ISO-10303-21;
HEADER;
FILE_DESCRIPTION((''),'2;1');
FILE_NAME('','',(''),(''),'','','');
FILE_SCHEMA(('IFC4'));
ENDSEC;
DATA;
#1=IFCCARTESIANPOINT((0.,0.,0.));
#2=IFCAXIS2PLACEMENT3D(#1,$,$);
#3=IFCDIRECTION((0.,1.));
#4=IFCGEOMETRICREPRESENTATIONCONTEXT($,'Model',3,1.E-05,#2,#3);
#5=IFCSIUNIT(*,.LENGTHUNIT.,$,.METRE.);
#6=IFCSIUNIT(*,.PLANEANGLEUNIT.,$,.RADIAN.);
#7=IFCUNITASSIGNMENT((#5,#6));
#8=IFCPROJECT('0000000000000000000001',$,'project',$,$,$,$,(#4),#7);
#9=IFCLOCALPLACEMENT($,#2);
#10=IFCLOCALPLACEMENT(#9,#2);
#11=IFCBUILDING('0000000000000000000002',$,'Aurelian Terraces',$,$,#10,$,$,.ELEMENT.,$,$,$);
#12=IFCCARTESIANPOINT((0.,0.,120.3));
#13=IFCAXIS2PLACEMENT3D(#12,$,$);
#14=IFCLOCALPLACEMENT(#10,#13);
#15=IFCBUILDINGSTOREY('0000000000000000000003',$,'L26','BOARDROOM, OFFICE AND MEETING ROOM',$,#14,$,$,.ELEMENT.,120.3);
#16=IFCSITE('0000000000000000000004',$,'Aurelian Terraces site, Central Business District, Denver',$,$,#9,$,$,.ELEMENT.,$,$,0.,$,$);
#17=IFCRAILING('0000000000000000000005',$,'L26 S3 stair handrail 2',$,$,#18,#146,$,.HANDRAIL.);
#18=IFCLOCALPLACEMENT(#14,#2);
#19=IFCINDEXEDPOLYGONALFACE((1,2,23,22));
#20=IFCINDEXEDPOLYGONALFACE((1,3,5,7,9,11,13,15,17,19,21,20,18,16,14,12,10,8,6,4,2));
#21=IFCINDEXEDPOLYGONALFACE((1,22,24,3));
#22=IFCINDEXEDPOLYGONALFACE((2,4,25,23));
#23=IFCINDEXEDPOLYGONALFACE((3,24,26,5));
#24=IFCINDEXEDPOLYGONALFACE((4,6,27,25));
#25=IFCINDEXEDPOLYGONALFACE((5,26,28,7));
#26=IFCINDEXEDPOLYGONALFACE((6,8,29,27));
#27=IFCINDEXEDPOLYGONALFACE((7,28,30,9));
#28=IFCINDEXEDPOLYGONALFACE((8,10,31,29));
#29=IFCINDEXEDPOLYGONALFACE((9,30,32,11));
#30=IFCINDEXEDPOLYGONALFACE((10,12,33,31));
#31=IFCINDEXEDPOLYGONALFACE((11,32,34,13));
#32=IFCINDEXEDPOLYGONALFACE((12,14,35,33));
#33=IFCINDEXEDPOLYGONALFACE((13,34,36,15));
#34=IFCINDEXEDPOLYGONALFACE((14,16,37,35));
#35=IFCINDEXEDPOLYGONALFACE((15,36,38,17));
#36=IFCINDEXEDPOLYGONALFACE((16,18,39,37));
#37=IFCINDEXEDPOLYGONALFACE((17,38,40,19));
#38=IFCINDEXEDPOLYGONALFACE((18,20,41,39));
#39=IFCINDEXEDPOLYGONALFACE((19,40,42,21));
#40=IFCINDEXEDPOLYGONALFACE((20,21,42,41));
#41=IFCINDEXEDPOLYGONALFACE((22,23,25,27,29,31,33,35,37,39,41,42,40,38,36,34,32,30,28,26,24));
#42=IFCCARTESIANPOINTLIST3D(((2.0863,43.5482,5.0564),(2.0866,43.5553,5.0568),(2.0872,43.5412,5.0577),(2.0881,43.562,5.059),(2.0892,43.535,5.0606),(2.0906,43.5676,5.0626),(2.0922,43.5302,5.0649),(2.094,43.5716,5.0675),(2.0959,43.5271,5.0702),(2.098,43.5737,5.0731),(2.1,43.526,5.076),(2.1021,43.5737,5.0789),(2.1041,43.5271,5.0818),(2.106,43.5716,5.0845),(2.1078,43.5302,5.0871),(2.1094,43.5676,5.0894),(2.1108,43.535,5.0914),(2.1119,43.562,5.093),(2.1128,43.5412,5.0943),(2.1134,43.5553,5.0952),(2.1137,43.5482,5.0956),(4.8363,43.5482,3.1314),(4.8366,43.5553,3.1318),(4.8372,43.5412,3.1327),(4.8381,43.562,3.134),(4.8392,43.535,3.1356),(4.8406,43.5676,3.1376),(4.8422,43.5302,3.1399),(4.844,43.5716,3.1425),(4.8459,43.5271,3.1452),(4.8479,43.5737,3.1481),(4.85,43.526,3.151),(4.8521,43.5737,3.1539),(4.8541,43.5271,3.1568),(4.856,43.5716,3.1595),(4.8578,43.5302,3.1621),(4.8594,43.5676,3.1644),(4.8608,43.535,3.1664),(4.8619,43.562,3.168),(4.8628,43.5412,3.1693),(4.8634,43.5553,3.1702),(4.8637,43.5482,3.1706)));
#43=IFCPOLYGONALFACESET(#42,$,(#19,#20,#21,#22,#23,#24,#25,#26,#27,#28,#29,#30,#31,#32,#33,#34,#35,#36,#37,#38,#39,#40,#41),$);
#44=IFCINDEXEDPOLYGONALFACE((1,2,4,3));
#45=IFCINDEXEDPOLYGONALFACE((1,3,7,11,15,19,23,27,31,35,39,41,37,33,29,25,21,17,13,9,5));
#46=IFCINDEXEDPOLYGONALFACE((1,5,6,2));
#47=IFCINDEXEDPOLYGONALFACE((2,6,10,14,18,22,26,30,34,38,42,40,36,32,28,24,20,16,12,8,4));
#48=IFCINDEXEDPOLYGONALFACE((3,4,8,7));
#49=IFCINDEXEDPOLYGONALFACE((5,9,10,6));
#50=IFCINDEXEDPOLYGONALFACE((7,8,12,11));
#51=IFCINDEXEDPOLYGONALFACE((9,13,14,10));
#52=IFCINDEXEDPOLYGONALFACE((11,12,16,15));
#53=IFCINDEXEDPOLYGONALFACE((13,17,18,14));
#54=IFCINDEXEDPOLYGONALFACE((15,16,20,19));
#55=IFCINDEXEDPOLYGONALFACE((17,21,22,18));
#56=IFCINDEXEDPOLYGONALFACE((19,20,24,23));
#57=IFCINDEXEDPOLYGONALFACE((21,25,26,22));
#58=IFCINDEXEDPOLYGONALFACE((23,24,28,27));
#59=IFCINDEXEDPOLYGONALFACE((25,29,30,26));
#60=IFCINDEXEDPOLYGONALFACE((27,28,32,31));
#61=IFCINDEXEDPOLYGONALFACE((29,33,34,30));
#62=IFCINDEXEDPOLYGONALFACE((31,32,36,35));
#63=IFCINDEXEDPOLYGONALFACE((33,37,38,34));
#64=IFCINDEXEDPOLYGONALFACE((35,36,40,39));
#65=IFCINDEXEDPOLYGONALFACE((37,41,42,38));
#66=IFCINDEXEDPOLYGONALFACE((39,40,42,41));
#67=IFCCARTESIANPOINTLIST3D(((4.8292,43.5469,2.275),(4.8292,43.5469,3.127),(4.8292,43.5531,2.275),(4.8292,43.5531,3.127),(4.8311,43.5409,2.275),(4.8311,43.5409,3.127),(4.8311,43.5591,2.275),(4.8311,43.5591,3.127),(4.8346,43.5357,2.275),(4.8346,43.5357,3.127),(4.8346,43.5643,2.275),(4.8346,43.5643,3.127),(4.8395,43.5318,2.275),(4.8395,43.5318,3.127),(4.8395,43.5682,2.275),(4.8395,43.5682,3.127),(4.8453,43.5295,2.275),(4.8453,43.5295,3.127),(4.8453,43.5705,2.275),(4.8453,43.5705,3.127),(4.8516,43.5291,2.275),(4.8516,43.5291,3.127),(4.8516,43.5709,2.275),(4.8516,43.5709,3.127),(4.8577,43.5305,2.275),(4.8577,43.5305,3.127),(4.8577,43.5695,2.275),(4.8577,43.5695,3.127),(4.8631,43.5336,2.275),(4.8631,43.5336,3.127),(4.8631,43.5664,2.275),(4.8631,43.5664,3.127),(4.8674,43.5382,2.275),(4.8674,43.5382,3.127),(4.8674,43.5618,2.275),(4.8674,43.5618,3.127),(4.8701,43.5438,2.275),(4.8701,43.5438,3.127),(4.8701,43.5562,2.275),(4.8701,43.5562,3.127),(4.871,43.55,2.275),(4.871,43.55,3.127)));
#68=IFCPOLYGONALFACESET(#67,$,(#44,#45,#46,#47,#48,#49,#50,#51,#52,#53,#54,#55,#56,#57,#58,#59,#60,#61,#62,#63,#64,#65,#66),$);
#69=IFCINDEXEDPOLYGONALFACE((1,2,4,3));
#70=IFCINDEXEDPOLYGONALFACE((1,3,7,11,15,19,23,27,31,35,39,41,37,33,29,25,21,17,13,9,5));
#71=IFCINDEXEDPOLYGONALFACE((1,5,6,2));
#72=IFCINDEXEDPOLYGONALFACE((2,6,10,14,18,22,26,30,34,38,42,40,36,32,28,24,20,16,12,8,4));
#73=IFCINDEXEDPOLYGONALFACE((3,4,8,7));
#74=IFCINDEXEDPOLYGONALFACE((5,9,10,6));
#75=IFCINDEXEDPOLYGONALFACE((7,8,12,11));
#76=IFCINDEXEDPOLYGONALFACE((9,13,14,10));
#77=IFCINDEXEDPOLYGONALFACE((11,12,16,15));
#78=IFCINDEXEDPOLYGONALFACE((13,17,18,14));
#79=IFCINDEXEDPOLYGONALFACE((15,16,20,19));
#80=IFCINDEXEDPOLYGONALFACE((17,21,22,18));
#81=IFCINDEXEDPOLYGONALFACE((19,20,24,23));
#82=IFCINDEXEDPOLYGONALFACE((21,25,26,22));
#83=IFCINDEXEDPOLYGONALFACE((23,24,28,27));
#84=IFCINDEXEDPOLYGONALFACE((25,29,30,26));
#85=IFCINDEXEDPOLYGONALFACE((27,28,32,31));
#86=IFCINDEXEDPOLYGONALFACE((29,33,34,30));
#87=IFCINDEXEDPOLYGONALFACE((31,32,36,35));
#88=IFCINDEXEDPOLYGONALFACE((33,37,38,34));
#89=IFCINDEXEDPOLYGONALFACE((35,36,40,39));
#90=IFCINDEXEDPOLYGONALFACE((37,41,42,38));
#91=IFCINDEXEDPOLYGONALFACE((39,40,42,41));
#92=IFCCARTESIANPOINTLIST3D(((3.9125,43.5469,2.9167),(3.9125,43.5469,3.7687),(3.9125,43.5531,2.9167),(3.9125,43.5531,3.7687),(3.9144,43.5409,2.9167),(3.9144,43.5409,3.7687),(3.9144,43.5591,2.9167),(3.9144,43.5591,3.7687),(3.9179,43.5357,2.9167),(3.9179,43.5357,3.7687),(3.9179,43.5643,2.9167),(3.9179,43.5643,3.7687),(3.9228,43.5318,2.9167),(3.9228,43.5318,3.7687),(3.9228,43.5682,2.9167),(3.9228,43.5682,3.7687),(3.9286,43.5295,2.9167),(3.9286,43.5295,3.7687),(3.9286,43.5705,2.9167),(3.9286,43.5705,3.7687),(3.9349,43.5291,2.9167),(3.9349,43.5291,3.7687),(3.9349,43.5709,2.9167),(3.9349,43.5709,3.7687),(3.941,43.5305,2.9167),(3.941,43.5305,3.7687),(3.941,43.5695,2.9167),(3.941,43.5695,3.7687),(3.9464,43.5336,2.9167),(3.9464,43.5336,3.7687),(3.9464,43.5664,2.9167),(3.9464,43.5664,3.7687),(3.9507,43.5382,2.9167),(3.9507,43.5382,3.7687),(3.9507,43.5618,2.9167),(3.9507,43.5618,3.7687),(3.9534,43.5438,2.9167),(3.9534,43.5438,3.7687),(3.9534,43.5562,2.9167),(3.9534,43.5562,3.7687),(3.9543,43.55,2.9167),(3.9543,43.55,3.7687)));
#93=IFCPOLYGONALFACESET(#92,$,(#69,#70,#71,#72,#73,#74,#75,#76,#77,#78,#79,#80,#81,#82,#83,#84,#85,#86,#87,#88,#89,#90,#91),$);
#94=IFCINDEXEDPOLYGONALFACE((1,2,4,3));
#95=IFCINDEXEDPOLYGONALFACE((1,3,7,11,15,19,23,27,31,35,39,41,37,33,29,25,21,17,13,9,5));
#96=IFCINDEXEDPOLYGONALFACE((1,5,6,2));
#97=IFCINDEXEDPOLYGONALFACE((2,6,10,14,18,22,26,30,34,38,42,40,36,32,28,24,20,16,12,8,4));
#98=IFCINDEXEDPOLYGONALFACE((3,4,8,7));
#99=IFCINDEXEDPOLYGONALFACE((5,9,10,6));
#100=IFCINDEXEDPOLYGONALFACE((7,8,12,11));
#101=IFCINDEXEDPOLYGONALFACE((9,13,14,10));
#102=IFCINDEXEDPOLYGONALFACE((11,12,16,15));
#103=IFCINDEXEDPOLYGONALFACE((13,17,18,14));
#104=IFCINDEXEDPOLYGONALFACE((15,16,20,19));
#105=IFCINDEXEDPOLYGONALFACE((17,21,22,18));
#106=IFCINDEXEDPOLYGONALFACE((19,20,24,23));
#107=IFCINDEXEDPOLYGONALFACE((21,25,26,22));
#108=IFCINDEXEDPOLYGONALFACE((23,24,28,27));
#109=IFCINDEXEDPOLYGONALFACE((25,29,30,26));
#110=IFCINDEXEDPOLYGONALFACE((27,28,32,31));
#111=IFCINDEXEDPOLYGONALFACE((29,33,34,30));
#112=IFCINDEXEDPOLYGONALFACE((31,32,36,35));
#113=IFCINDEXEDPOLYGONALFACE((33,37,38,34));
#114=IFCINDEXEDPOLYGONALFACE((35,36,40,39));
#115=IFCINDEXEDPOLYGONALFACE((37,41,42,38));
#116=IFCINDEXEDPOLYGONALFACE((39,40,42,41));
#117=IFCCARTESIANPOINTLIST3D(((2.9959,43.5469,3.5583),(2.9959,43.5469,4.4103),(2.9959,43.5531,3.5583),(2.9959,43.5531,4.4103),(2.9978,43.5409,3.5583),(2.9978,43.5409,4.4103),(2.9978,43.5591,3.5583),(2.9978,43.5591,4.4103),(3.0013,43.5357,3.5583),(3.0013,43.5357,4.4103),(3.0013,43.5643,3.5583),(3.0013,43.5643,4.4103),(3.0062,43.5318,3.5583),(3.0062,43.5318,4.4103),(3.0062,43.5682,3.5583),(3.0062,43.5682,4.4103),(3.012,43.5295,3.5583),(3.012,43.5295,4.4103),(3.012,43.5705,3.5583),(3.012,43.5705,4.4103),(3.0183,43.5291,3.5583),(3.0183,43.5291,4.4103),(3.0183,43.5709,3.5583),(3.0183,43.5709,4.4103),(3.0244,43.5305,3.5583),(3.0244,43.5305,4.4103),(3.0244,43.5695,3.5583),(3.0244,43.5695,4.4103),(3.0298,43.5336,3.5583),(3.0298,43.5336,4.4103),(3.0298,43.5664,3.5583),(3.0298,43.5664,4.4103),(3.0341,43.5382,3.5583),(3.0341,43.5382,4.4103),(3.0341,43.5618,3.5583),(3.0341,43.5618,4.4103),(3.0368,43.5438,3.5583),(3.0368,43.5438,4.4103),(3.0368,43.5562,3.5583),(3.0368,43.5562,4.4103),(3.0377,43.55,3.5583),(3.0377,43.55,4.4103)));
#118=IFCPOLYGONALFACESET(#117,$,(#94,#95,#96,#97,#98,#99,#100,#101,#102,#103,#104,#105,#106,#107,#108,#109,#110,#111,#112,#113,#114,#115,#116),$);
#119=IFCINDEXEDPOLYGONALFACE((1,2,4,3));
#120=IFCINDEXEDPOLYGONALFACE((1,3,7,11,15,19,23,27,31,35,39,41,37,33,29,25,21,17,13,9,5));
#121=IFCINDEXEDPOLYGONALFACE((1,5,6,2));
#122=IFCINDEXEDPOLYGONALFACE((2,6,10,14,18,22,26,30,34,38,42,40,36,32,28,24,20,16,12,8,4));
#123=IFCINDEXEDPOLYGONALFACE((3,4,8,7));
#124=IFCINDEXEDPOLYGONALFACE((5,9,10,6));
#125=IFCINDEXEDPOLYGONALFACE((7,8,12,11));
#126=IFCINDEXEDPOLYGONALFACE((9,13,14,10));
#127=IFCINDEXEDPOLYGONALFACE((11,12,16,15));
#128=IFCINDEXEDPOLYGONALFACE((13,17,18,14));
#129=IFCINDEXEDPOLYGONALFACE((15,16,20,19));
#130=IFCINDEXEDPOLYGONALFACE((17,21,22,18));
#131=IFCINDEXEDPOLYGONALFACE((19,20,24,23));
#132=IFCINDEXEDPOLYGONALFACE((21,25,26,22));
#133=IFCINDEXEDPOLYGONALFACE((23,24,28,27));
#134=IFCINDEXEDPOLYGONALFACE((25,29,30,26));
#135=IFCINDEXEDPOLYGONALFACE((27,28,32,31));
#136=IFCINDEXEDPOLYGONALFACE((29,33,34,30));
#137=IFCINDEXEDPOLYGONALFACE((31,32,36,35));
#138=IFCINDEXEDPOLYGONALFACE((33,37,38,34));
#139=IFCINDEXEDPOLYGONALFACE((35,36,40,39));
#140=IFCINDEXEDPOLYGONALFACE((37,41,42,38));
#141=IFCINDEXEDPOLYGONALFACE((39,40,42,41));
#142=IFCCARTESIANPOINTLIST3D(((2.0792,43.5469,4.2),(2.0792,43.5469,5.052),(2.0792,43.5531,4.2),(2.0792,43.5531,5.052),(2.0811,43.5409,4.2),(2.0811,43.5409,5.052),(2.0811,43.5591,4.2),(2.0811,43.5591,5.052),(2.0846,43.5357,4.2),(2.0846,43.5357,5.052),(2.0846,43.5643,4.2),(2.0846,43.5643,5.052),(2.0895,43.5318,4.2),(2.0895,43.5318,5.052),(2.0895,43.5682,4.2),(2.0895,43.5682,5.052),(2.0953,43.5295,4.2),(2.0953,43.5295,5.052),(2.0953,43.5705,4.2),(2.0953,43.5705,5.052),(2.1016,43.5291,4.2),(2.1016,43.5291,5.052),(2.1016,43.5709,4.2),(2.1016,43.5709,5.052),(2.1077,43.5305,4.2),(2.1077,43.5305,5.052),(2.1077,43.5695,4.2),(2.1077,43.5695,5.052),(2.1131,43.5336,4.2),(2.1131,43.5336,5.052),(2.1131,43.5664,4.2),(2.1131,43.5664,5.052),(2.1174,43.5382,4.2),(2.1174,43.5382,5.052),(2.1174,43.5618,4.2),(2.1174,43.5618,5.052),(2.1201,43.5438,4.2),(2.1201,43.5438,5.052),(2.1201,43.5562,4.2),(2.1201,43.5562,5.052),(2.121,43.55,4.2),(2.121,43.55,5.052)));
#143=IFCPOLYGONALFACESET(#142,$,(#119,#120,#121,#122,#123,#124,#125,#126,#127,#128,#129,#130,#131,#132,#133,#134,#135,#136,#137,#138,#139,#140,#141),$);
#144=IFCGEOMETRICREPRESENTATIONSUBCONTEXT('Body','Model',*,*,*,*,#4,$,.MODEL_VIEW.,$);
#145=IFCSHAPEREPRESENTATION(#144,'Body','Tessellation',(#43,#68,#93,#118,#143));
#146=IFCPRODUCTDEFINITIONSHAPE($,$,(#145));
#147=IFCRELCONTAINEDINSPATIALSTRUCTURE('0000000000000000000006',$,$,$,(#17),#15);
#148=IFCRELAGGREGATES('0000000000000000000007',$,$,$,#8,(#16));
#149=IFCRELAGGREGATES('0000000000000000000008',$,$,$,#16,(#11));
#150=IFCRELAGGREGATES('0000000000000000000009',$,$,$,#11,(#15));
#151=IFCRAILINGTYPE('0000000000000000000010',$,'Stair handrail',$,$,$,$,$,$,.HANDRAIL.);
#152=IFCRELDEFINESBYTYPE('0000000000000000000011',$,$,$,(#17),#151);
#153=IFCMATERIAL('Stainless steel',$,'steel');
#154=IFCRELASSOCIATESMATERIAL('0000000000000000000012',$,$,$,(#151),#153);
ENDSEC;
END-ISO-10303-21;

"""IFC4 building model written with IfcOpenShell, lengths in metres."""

from ifc_helpers import new_model, si_unit, direction, frame, origin, origin_2d, place, context, subcontext, project, spatial, circle, extrude, source, transform, mapped, material, type_object, element, save


model = new_model("IFC4")

# Units and contexts
model_context = context("Model", 3, precision=1e-05, world=origin(), true_north=direction((0.0, 1.0)))
body_context = subcontext(model_context, "Body", "Model", "MODEL_VIEW")
ifc_project = project(units=[si_unit("LENGTHUNIT", "METRE"), si_unit("PLANEANGLEUNIT", "RADIAN")], contexts=[model_context])

# Site, building, storey
site_placement = place(None, origin())
site = spatial("IfcSite", under=ifc_project, at=site_placement, Name="Aurelian Terraces site, Central Business District, Denver", CompositionType="ELEMENT", RefElevation=0.0)
building_placement = place(site_placement, origin())
building = spatial("IfcBuilding", under=site, at=building_placement, Name="Aurelian Terraces", CompositionType="ELEMENT")
storey_placement = place(building_placement, frame((0.0, 0.0, 120.3)))
storey = spatial("IfcBuildingStorey", under=building, at=storey_placement, Name="L26", Description="BOARDROOM, OFFICE AND MEETING ROOM", CompositionType="ELEMENT", Elevation=120.3)

# Railing
ifc_material_1 = material(Name="Stainless steel", Category="steel")
railing_type_1 = type_object("IfcRailingType", Name="Stair handrail", PredefinedType="HANDRAIL", material=ifc_material_1)
shared_shape_1 = source(origin(), body_context, "Body", "SweptSolid", [
    extrude(circle(Radius=0.024, at=origin_2d()), frame((0.0, 0.0, 0.876), z_axis=(-0.819232, 0.0, 0.573462), x_axis=(0.0, -1.0, 0.0)), (0.0, 0.0, 1.0), 3.3568),
    extrude(circle(Radius=0.021, at=origin_2d()), origin(), (0.0, 0.0, 1.0), 0.852),
    extrude(circle(Radius=0.021, at=origin_2d()), frame((-0.9167, 0.0, 0.6417)), (0.0, 0.0, 1.0), 0.852),
    extrude(circle(Radius=0.021, at=origin_2d()), frame((-1.8333, 0.0, 1.2833)), (0.0, 0.0, 1.0), 0.852),
    extrude(circle(Radius=0.021, at=origin_2d()), frame((-2.75, 0.0, 1.925)), (0.0, 0.0, 1.0), 0.852),
])
railing_1_placement = place(storey_placement, frame((4.85, 43.55, 2.275)))
element("IfcRailing", 1, at=railing_1_placement, inside=storey, type_object=railing_type_1, Name="L26 S3 stair handrail 2", PredefinedType="HANDRAIL", context=body_context, shape_type="MappedRepresentation", body=[
    mapped(shared_shape_1, transform((0.0, 0.0, 0.0), scale=1.0)),
])

save(model, "model.ifc")
